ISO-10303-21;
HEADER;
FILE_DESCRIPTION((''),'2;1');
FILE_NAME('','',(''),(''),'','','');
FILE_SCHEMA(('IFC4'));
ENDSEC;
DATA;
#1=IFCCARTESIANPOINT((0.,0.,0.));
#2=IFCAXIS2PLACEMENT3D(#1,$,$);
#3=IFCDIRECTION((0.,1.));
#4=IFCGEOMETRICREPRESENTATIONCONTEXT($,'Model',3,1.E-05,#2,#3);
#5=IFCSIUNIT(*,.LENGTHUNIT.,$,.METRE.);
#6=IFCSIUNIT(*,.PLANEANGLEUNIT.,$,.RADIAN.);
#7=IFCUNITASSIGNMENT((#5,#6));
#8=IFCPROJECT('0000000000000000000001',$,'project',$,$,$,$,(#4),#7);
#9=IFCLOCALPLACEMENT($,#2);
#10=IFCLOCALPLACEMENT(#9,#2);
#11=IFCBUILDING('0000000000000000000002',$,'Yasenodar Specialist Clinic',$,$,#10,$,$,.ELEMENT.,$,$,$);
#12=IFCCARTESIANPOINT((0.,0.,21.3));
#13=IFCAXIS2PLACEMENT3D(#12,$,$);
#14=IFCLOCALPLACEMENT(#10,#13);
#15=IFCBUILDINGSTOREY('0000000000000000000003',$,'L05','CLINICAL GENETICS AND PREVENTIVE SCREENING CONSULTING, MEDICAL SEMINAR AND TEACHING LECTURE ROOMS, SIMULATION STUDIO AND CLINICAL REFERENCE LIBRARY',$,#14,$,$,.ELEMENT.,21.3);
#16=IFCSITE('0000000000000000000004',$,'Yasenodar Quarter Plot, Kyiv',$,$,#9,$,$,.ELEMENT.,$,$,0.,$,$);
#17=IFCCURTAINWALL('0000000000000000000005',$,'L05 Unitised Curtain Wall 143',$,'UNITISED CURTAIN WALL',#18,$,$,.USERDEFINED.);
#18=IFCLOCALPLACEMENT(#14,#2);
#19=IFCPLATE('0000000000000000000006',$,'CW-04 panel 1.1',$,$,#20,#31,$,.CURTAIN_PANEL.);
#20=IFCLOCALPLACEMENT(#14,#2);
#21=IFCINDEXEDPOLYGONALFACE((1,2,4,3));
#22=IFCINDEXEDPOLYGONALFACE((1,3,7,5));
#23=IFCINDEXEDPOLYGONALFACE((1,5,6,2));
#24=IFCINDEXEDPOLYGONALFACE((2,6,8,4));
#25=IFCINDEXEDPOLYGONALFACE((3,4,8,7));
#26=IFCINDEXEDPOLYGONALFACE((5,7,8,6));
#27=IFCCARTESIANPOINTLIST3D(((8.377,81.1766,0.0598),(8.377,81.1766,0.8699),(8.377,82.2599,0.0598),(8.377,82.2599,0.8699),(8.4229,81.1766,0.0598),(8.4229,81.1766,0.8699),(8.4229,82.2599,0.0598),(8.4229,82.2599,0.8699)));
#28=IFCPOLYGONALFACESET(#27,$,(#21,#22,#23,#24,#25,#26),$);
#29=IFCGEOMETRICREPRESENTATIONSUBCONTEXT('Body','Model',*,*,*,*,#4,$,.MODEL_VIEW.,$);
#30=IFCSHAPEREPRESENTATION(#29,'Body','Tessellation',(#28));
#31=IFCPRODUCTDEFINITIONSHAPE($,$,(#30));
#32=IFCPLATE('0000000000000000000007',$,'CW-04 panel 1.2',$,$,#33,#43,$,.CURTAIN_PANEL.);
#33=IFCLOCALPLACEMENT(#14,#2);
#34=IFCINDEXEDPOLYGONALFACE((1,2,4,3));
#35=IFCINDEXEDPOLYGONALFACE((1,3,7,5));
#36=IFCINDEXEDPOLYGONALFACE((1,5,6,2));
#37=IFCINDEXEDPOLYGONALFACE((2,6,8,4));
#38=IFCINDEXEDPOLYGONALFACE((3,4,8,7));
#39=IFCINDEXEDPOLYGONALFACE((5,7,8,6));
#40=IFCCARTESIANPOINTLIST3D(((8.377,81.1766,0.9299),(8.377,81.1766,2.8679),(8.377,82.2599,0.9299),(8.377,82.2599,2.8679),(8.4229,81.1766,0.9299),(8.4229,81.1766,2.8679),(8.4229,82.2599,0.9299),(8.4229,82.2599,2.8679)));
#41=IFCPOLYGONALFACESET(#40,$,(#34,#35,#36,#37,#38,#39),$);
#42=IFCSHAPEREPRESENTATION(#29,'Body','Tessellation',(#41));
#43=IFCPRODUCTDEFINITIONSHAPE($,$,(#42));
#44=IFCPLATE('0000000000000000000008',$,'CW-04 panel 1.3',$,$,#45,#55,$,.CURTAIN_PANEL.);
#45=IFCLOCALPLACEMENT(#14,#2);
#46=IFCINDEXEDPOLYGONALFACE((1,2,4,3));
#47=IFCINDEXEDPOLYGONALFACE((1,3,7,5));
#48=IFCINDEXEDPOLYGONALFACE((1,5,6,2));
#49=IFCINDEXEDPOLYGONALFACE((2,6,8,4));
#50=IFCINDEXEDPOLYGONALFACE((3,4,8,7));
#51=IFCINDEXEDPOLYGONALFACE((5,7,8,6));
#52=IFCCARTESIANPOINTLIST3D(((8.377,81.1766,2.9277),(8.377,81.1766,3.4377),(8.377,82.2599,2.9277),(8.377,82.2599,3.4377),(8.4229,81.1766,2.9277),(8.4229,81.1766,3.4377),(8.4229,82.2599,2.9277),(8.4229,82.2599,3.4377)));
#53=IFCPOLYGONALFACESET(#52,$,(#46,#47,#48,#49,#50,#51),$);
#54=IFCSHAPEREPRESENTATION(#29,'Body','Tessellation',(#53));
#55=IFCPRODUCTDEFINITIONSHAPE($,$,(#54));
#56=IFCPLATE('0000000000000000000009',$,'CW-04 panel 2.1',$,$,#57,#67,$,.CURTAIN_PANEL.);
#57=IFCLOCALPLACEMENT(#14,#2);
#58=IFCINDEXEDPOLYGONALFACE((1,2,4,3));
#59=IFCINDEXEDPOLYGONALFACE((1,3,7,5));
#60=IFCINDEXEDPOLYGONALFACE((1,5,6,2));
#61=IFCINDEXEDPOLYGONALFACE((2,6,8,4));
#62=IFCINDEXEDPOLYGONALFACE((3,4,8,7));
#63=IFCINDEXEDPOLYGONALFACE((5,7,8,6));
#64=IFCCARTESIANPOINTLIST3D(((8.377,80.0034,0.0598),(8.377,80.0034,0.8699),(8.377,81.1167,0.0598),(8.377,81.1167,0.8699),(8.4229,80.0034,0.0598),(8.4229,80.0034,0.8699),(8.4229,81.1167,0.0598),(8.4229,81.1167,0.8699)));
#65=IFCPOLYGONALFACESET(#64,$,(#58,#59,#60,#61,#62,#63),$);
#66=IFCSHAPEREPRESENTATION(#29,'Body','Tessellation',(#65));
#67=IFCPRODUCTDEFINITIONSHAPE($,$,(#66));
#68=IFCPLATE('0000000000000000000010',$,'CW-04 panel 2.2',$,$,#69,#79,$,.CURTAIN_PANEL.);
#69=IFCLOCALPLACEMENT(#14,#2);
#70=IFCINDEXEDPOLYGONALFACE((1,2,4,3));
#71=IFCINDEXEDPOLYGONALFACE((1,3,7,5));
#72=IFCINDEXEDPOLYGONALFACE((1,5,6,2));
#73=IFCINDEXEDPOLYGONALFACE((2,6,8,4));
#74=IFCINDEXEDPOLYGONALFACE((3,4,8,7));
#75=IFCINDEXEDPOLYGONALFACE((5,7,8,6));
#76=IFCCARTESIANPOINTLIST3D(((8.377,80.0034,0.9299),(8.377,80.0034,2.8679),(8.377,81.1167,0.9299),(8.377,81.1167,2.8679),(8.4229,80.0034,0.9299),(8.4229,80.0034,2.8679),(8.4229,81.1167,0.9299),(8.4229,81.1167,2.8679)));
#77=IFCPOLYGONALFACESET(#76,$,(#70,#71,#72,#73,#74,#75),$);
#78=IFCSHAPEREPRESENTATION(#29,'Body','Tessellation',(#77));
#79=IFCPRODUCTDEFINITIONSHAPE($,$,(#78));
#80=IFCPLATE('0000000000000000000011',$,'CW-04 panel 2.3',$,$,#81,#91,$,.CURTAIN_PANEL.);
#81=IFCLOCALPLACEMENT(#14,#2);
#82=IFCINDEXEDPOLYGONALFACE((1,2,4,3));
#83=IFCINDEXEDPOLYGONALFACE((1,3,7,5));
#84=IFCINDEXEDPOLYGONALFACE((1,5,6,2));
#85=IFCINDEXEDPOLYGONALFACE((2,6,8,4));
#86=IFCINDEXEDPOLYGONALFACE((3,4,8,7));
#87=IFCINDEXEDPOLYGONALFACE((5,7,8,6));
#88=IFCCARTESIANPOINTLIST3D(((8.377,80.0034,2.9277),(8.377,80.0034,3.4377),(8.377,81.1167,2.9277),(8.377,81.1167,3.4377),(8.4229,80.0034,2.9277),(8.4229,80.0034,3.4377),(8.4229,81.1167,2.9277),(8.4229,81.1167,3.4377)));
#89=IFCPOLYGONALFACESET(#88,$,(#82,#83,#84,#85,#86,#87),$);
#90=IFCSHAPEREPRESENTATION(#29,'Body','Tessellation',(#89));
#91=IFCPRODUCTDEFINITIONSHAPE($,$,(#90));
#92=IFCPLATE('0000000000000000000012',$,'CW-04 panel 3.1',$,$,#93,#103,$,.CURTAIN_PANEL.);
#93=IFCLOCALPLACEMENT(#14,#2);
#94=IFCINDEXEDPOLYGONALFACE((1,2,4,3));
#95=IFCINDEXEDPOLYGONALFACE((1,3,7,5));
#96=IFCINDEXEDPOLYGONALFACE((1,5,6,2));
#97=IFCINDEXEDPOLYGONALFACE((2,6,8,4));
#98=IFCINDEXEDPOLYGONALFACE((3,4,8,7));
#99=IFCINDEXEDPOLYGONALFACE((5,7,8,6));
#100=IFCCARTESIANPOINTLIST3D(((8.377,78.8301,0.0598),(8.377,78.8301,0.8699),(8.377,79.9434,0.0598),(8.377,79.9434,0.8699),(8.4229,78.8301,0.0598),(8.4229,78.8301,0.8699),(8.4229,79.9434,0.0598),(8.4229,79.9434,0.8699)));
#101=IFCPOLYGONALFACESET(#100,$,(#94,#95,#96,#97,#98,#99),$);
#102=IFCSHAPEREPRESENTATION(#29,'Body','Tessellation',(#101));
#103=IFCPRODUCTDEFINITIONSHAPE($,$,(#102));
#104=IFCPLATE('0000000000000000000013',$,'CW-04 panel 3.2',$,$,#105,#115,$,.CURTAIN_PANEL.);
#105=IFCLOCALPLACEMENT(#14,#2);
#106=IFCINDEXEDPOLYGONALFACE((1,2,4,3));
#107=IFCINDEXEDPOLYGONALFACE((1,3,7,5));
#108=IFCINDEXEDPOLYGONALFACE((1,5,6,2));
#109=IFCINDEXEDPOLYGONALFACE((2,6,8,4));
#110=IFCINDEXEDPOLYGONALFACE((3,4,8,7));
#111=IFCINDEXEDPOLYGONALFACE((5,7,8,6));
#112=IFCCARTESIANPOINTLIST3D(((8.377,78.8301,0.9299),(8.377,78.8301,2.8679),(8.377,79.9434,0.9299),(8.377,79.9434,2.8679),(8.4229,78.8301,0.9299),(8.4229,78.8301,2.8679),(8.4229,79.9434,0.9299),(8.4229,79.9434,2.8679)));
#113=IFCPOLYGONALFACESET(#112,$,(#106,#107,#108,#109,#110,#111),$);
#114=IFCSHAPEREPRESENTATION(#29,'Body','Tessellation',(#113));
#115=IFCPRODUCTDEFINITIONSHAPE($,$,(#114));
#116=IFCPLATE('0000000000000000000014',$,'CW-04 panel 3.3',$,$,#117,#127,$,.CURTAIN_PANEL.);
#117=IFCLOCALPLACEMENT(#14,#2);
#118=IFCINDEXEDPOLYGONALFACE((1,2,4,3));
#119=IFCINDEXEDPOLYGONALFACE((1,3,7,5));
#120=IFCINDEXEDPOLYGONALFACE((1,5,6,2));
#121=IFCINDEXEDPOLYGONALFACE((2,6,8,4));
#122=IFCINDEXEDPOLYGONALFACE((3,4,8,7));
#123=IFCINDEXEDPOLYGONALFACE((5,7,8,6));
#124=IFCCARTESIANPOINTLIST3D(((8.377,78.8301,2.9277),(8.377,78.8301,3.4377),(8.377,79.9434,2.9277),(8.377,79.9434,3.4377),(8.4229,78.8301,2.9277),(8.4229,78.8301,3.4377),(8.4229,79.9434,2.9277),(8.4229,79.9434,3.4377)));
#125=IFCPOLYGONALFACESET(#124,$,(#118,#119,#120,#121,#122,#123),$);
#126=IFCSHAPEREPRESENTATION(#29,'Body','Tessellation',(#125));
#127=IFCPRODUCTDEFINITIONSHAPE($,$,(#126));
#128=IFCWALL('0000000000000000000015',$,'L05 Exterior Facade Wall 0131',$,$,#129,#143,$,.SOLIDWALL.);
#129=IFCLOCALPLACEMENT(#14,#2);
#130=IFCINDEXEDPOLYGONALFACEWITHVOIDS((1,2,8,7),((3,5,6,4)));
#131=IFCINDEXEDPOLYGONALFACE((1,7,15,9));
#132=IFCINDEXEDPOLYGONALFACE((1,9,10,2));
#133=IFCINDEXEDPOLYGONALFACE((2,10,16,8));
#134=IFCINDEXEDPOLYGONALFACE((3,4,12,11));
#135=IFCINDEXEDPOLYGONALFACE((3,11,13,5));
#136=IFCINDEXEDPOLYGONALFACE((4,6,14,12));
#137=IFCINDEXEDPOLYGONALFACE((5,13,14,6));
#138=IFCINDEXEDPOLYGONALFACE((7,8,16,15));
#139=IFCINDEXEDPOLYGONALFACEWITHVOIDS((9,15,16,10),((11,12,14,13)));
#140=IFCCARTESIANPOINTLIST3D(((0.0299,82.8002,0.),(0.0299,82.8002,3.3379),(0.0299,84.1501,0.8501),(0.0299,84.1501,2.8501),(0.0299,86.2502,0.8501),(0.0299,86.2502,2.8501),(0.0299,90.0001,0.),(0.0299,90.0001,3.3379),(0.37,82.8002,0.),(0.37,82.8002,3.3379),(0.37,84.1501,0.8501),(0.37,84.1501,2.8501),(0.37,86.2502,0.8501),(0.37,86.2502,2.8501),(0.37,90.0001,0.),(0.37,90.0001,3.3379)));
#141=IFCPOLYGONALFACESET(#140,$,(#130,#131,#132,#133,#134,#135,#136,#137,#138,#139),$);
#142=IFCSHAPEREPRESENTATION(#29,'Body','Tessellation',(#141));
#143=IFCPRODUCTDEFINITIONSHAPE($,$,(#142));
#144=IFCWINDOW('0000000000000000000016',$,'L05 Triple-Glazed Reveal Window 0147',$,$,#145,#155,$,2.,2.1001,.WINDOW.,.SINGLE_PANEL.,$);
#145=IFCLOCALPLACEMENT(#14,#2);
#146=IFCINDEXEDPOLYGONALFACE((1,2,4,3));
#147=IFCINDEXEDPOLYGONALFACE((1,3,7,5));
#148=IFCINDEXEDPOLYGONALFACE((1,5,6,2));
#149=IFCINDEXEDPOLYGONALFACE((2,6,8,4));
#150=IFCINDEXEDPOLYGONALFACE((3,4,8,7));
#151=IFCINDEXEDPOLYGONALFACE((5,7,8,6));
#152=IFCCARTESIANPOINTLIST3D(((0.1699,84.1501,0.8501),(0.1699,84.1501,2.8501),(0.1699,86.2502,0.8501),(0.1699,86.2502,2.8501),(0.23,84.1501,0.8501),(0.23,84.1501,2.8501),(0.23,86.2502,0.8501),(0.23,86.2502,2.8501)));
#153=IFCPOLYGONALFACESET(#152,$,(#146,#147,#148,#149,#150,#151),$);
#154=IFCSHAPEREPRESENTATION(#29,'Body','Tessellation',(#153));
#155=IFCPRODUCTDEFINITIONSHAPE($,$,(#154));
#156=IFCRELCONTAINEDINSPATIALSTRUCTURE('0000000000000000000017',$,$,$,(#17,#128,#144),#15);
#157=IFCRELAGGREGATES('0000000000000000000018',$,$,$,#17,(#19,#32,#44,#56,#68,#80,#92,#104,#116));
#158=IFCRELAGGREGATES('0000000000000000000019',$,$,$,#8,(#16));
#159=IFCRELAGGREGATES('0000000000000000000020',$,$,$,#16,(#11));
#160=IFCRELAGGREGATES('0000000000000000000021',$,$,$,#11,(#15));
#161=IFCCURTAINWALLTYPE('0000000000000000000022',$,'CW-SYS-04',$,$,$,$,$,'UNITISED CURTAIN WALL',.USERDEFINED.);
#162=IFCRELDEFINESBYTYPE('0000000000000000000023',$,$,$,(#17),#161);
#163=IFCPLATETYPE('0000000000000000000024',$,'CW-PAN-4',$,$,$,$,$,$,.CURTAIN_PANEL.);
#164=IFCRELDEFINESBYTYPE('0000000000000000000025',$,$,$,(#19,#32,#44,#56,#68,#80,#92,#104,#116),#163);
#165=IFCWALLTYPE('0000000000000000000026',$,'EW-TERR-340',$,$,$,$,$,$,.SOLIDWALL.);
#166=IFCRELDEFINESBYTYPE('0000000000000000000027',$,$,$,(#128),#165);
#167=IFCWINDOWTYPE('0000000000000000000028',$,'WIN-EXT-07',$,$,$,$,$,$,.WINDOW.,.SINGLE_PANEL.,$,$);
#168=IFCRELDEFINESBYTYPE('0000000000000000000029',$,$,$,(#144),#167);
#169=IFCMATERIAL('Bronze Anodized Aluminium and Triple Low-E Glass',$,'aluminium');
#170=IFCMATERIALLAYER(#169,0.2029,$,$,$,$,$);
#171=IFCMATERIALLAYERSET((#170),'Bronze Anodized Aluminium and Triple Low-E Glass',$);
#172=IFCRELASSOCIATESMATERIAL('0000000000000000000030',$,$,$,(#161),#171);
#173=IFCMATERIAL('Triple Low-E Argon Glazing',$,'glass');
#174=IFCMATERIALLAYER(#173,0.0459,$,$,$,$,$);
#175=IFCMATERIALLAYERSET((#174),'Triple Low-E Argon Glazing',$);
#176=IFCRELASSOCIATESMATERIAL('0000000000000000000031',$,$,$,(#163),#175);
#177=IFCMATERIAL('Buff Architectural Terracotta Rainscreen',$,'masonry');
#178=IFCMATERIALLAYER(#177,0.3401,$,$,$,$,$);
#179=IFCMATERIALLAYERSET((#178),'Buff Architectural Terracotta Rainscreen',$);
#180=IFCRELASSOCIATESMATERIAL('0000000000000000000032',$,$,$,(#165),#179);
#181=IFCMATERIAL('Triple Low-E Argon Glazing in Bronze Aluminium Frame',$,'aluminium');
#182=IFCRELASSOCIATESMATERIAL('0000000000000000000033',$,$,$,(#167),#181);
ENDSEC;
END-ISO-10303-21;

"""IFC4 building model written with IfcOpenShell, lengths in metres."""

from ifc_helpers import new_model, si_unit, direction, frame, frame_2d, origin, origin_2d, place, context, subcontext, project, spatial, rectangle, extrude, material, layer, layer_set, type_object, element, fill, aggregate, save


model = new_model("IFC4")

# Units and contexts
model_context = context("Model", 3, precision=1e-05, world=origin(), true_north=direction((0.0, 1.0)))
body_context = subcontext(model_context, "Body", "Model", "MODEL_VIEW")
ifc_project = project(units=[si_unit("LENGTHUNIT", "METRE"), si_unit("PLANEANGLEUNIT", "RADIAN")], contexts=[model_context])

# Site, building, storey
site_placement = place(None, origin())
site = spatial("IfcSite", under=ifc_project, at=site_placement, Name="Yasenodar Quarter Plot, Kyiv", CompositionType="ELEMENT", RefElevation=0.0)
building_placement = place(site_placement, origin())
building = spatial("IfcBuilding", under=site, at=building_placement, Name="Yasenodar Specialist Clinic", CompositionType="ELEMENT")
storey_placement = place(building_placement, frame((0.0, 0.0, 21.3)))
storey = spatial("IfcBuildingStorey", under=building, at=storey_placement, Name="L05", Description="CLINICAL GENETICS AND PREVENTIVE SCREENING CONSULTING, MEDICAL SEMINAR AND TEACHING LECTURE ROOMS, SIMULATION STUDIO AND CLINICAL REFERENCE LIBRARY", CompositionType="ELEMENT", Elevation=21.3)

# Curtain wall
ifc_material_1 = material(Name="Bronze Anodized Aluminium and Triple Low-E Glass", Category="aluminium")
ifc_layer_1 = layer(ifc_material_1, 0.2029)
ifc_layer_set_1 = layer_set([ifc_layer_1], Name="Bronze Anodized Aluminium and Triple Low-E Glass")
curtain_wall_type = type_object("IfcCurtainWallType", Name="CW-SYS-04", ElementType="UNITISED CURTAIN WALL", PredefinedType="USERDEFINED", material=ifc_layer_set_1)
curtain_wall_placement = place(storey_placement, origin())
curtain_wall = element("IfcCurtainWall", 1, at=curtain_wall_placement, inside=storey, type_object=curtain_wall_type, Name="L05 Unitised Curtain Wall 143", ObjectType="UNITISED CURTAIN WALL", PredefinedType="USERDEFINED")

# Plates
ifc_material_2 = material(Name="Triple Low-E Argon Glazing", Category="glass")
ifc_layer_2 = layer(ifc_material_2, 0.0459)
ifc_layer_set_2 = layer_set([ifc_layer_2], Name="Triple Low-E Argon Glazing")
plate_type = type_object("IfcPlateType", Name="CW-PAN-4", PredefinedType="CURTAIN_PANEL", material=ifc_layer_set_2)
plate_1_placement = place(storey_placement, frame((8.3999, 81.7183, 0.0598), z_axis=(0.0, 0.0, 1.0), x_axis=(0.0, -1.0, 0.0)))
plate_1 = element("IfcPlate", 2, at=plate_1_placement, type_object=plate_type, Name="CW-04 panel 1.1", PredefinedType="CURTAIN_PANEL", context=body_context, shape_type="SweptSolid", body=[
    extrude(rectangle(XDim=1.0833, YDim=0.0459, at=origin_2d()), origin(), (0.0, 0.0, 1.0), 0.8101),
])
plate_2_placement = place(storey_placement, frame((8.3999, 81.7183, 0.9299), z_axis=(0.0, 0.0, 1.0), x_axis=(0.0, -1.0, 0.0)))
plate_2 = element("IfcPlate", 3, at=plate_2_placement, type_object=plate_type, Name="CW-04 panel 1.2", PredefinedType="CURTAIN_PANEL", context=body_context, shape_type="SweptSolid", body=[
    extrude(rectangle(XDim=1.0833, YDim=0.0459, at=origin_2d()), origin(), (0.0, 0.0, 1.0), 1.938),
])
plate_3_placement = place(storey_placement, frame((8.3999, 81.7183, 2.9277), z_axis=(0.0, 0.0, 1.0), x_axis=(0.0, -1.0, 0.0)))
plate_3 = element("IfcPlate", 4, at=plate_3_placement, type_object=plate_type, Name="CW-04 panel 1.3", PredefinedType="CURTAIN_PANEL", context=body_context, shape_type="SweptSolid", body=[
    extrude(rectangle(XDim=1.0833, YDim=0.0459, at=origin_2d()), origin(), (0.0, 0.0, 1.0), 0.51),
])
plate_4_placement = place(storey_placement, frame((8.3999, 80.5601, 0.0598), z_axis=(0.0, 0.0, 1.0), x_axis=(0.0, -1.0, 0.0)))
plate_4 = element("IfcPlate", 5, at=plate_4_placement, type_object=plate_type, Name="CW-04 panel 2.1", PredefinedType="CURTAIN_PANEL", context=body_context, shape_type="SweptSolid", body=[
    extrude(rectangle(XDim=1.1133, YDim=0.0459, at=origin_2d()), origin(), (0.0, 0.0, 1.0), 0.8101),
])
plate_5_placement = place(storey_placement, frame((8.3999, 80.5601, 0.9299), z_axis=(0.0, 0.0, 1.0), x_axis=(0.0, -1.0, 0.0)))
plate_5 = element("IfcPlate", 6, at=plate_5_placement, type_object=plate_type, Name="CW-04 panel 2.2", PredefinedType="CURTAIN_PANEL", context=body_context, shape_type="SweptSolid", body=[
    extrude(rectangle(XDim=1.1133, YDim=0.0459, at=origin_2d()), origin(), (0.0, 0.0, 1.0), 1.938),
])
plate_6_placement = place(storey_placement, frame((8.3999, 80.5601, 2.9277), z_axis=(0.0, 0.0, 1.0), x_axis=(0.0, -1.0, 0.0)))
plate_6 = element("IfcPlate", 7, at=plate_6_placement, type_object=plate_type, Name="CW-04 panel 2.3", PredefinedType="CURTAIN_PANEL", context=body_context, shape_type="SweptSolid", body=[
    extrude(rectangle(XDim=1.1133, YDim=0.0459, at=origin_2d()), origin(), (0.0, 0.0, 1.0), 0.51),
])
plate_7_placement = place(storey_placement, frame((8.3999, 79.3867, 0.0598), z_axis=(0.0, 0.0, 1.0), x_axis=(0.0, -1.0, 0.0)))
plate_7 = element("IfcPlate", 8, at=plate_7_placement, type_object=plate_type, Name="CW-04 panel 3.1", PredefinedType="CURTAIN_PANEL", context=body_context, shape_type="SweptSolid", body=[
    extrude(rectangle(XDim=1.1133, YDim=0.0459, at=origin_2d()), origin(), (0.0, 0.0, 1.0), 0.8101),
])
plate_8_placement = place(storey_placement, frame((8.3999, 79.3867, 0.9299), z_axis=(0.0, 0.0, 1.0), x_axis=(0.0, -1.0, 0.0)))
plate_8 = element("IfcPlate", 9, at=plate_8_placement, type_object=plate_type, Name="CW-04 panel 3.2", PredefinedType="CURTAIN_PANEL", context=body_context, shape_type="SweptSolid", body=[
    extrude(rectangle(XDim=1.1133, YDim=0.0459, at=origin_2d()), origin(), (0.0, 0.0, 1.0), 1.938),
])
plate_9_placement = place(storey_placement, frame((8.3999, 79.3867, 2.9277), z_axis=(0.0, 0.0, 1.0), x_axis=(0.0, -1.0, 0.0)))
plate_9 = element("IfcPlate", 10, at=plate_9_placement, type_object=plate_type, Name="CW-04 panel 3.3", PredefinedType="CURTAIN_PANEL", context=body_context, shape_type="SweptSolid", body=[
    extrude(rectangle(XDim=1.1133, YDim=0.0459, at=origin_2d()), origin(), (0.0, 0.0, 1.0), 0.51),
])
aggregate(curtain_wall, [plate_1, plate_2, plate_3, plate_4, plate_5, plate_6, plate_7, plate_8, plate_9])

# Wall, opening, window
ifc_material_3 = material(Name="Buff Architectural Terracotta Rainscreen", Category="masonry")
ifc_layer_3 = layer(ifc_material_3, 0.3401)
ifc_layer_set_3 = layer_set([ifc_layer_3], Name="Buff Architectural Terracotta Rainscreen")
wall_type = type_object("IfcWallType", Name="EW-TERR-340", PredefinedType="SOLIDWALL", material=ifc_layer_set_3)
wall_placement = place(storey_placement, frame((0.2, 82.8, 0.0), z_axis=(0.0, 0.0, 1.0), x_axis=(0.0, 1.0, 0.0)))
wall = element("IfcWall", 11, at=wall_placement, inside=storey, type_object=wall_type, Name="L05 Exterior Facade Wall 0131", PredefinedType="SOLIDWALL", context=body_context, shape_type="SweptSolid", body=[
    extrude(rectangle(XDim=7.2, YDim=0.3401, at=frame_2d((3.6001, 0.0))), origin(), (0.0, 0.0, 1.0), 3.3379),
])
opening_placement = place(wall_placement, frame((1.3501, 0.0, 0.8501)))
opening = element("IfcOpeningElement", 12, at=opening_placement, cuts=wall, PredefinedType="OPENING", context=body_context, shape_type="SweptSolid", body=[
    extrude(rectangle(XDim=2.1001, YDim=2.0, at=frame_2d((1.05, 1.0))), frame((0.0, 0.1802, 0.0), z_axis=(0.0, -1.0, 0.0), x_axis=(1.0, 0.0, 0.0)), (0.0, 0.0, 1.0), 0.3601),
])
ifc_material_4 = material(Name="Triple Low-E Argon Glazing in Bronze Aluminium Frame", Category="aluminium")
window_type = type_object("IfcWindowType", Name="WIN-EXT-07", PartitioningType="SINGLE_PANEL", PredefinedType="WINDOW", material=ifc_material_4)
window_placement = place(opening_placement, origin())
window = element("IfcWindow", 13, at=window_placement, inside=storey, type_object=window_type, Name="L05 Triple-Glazed Reveal Window 0147", OverallHeight=2.0, OverallWidth=2.1001, PartitioningType="SINGLE_PANEL", PredefinedType="WINDOW", context=body_context, shape_type="SweptSolid", body=[
    extrude(rectangle(XDim=2.1001, YDim=2.0, at=frame_2d((1.05, 1.0))), frame((0.0, 0.03, 0.0), z_axis=(0.0, -1.0, 0.0), x_axis=(1.0, 0.0, 0.0)), (0.0, 0.0, 1.0), 0.0601),
])
fill(opening, window)

save(model, "model.ifc")
